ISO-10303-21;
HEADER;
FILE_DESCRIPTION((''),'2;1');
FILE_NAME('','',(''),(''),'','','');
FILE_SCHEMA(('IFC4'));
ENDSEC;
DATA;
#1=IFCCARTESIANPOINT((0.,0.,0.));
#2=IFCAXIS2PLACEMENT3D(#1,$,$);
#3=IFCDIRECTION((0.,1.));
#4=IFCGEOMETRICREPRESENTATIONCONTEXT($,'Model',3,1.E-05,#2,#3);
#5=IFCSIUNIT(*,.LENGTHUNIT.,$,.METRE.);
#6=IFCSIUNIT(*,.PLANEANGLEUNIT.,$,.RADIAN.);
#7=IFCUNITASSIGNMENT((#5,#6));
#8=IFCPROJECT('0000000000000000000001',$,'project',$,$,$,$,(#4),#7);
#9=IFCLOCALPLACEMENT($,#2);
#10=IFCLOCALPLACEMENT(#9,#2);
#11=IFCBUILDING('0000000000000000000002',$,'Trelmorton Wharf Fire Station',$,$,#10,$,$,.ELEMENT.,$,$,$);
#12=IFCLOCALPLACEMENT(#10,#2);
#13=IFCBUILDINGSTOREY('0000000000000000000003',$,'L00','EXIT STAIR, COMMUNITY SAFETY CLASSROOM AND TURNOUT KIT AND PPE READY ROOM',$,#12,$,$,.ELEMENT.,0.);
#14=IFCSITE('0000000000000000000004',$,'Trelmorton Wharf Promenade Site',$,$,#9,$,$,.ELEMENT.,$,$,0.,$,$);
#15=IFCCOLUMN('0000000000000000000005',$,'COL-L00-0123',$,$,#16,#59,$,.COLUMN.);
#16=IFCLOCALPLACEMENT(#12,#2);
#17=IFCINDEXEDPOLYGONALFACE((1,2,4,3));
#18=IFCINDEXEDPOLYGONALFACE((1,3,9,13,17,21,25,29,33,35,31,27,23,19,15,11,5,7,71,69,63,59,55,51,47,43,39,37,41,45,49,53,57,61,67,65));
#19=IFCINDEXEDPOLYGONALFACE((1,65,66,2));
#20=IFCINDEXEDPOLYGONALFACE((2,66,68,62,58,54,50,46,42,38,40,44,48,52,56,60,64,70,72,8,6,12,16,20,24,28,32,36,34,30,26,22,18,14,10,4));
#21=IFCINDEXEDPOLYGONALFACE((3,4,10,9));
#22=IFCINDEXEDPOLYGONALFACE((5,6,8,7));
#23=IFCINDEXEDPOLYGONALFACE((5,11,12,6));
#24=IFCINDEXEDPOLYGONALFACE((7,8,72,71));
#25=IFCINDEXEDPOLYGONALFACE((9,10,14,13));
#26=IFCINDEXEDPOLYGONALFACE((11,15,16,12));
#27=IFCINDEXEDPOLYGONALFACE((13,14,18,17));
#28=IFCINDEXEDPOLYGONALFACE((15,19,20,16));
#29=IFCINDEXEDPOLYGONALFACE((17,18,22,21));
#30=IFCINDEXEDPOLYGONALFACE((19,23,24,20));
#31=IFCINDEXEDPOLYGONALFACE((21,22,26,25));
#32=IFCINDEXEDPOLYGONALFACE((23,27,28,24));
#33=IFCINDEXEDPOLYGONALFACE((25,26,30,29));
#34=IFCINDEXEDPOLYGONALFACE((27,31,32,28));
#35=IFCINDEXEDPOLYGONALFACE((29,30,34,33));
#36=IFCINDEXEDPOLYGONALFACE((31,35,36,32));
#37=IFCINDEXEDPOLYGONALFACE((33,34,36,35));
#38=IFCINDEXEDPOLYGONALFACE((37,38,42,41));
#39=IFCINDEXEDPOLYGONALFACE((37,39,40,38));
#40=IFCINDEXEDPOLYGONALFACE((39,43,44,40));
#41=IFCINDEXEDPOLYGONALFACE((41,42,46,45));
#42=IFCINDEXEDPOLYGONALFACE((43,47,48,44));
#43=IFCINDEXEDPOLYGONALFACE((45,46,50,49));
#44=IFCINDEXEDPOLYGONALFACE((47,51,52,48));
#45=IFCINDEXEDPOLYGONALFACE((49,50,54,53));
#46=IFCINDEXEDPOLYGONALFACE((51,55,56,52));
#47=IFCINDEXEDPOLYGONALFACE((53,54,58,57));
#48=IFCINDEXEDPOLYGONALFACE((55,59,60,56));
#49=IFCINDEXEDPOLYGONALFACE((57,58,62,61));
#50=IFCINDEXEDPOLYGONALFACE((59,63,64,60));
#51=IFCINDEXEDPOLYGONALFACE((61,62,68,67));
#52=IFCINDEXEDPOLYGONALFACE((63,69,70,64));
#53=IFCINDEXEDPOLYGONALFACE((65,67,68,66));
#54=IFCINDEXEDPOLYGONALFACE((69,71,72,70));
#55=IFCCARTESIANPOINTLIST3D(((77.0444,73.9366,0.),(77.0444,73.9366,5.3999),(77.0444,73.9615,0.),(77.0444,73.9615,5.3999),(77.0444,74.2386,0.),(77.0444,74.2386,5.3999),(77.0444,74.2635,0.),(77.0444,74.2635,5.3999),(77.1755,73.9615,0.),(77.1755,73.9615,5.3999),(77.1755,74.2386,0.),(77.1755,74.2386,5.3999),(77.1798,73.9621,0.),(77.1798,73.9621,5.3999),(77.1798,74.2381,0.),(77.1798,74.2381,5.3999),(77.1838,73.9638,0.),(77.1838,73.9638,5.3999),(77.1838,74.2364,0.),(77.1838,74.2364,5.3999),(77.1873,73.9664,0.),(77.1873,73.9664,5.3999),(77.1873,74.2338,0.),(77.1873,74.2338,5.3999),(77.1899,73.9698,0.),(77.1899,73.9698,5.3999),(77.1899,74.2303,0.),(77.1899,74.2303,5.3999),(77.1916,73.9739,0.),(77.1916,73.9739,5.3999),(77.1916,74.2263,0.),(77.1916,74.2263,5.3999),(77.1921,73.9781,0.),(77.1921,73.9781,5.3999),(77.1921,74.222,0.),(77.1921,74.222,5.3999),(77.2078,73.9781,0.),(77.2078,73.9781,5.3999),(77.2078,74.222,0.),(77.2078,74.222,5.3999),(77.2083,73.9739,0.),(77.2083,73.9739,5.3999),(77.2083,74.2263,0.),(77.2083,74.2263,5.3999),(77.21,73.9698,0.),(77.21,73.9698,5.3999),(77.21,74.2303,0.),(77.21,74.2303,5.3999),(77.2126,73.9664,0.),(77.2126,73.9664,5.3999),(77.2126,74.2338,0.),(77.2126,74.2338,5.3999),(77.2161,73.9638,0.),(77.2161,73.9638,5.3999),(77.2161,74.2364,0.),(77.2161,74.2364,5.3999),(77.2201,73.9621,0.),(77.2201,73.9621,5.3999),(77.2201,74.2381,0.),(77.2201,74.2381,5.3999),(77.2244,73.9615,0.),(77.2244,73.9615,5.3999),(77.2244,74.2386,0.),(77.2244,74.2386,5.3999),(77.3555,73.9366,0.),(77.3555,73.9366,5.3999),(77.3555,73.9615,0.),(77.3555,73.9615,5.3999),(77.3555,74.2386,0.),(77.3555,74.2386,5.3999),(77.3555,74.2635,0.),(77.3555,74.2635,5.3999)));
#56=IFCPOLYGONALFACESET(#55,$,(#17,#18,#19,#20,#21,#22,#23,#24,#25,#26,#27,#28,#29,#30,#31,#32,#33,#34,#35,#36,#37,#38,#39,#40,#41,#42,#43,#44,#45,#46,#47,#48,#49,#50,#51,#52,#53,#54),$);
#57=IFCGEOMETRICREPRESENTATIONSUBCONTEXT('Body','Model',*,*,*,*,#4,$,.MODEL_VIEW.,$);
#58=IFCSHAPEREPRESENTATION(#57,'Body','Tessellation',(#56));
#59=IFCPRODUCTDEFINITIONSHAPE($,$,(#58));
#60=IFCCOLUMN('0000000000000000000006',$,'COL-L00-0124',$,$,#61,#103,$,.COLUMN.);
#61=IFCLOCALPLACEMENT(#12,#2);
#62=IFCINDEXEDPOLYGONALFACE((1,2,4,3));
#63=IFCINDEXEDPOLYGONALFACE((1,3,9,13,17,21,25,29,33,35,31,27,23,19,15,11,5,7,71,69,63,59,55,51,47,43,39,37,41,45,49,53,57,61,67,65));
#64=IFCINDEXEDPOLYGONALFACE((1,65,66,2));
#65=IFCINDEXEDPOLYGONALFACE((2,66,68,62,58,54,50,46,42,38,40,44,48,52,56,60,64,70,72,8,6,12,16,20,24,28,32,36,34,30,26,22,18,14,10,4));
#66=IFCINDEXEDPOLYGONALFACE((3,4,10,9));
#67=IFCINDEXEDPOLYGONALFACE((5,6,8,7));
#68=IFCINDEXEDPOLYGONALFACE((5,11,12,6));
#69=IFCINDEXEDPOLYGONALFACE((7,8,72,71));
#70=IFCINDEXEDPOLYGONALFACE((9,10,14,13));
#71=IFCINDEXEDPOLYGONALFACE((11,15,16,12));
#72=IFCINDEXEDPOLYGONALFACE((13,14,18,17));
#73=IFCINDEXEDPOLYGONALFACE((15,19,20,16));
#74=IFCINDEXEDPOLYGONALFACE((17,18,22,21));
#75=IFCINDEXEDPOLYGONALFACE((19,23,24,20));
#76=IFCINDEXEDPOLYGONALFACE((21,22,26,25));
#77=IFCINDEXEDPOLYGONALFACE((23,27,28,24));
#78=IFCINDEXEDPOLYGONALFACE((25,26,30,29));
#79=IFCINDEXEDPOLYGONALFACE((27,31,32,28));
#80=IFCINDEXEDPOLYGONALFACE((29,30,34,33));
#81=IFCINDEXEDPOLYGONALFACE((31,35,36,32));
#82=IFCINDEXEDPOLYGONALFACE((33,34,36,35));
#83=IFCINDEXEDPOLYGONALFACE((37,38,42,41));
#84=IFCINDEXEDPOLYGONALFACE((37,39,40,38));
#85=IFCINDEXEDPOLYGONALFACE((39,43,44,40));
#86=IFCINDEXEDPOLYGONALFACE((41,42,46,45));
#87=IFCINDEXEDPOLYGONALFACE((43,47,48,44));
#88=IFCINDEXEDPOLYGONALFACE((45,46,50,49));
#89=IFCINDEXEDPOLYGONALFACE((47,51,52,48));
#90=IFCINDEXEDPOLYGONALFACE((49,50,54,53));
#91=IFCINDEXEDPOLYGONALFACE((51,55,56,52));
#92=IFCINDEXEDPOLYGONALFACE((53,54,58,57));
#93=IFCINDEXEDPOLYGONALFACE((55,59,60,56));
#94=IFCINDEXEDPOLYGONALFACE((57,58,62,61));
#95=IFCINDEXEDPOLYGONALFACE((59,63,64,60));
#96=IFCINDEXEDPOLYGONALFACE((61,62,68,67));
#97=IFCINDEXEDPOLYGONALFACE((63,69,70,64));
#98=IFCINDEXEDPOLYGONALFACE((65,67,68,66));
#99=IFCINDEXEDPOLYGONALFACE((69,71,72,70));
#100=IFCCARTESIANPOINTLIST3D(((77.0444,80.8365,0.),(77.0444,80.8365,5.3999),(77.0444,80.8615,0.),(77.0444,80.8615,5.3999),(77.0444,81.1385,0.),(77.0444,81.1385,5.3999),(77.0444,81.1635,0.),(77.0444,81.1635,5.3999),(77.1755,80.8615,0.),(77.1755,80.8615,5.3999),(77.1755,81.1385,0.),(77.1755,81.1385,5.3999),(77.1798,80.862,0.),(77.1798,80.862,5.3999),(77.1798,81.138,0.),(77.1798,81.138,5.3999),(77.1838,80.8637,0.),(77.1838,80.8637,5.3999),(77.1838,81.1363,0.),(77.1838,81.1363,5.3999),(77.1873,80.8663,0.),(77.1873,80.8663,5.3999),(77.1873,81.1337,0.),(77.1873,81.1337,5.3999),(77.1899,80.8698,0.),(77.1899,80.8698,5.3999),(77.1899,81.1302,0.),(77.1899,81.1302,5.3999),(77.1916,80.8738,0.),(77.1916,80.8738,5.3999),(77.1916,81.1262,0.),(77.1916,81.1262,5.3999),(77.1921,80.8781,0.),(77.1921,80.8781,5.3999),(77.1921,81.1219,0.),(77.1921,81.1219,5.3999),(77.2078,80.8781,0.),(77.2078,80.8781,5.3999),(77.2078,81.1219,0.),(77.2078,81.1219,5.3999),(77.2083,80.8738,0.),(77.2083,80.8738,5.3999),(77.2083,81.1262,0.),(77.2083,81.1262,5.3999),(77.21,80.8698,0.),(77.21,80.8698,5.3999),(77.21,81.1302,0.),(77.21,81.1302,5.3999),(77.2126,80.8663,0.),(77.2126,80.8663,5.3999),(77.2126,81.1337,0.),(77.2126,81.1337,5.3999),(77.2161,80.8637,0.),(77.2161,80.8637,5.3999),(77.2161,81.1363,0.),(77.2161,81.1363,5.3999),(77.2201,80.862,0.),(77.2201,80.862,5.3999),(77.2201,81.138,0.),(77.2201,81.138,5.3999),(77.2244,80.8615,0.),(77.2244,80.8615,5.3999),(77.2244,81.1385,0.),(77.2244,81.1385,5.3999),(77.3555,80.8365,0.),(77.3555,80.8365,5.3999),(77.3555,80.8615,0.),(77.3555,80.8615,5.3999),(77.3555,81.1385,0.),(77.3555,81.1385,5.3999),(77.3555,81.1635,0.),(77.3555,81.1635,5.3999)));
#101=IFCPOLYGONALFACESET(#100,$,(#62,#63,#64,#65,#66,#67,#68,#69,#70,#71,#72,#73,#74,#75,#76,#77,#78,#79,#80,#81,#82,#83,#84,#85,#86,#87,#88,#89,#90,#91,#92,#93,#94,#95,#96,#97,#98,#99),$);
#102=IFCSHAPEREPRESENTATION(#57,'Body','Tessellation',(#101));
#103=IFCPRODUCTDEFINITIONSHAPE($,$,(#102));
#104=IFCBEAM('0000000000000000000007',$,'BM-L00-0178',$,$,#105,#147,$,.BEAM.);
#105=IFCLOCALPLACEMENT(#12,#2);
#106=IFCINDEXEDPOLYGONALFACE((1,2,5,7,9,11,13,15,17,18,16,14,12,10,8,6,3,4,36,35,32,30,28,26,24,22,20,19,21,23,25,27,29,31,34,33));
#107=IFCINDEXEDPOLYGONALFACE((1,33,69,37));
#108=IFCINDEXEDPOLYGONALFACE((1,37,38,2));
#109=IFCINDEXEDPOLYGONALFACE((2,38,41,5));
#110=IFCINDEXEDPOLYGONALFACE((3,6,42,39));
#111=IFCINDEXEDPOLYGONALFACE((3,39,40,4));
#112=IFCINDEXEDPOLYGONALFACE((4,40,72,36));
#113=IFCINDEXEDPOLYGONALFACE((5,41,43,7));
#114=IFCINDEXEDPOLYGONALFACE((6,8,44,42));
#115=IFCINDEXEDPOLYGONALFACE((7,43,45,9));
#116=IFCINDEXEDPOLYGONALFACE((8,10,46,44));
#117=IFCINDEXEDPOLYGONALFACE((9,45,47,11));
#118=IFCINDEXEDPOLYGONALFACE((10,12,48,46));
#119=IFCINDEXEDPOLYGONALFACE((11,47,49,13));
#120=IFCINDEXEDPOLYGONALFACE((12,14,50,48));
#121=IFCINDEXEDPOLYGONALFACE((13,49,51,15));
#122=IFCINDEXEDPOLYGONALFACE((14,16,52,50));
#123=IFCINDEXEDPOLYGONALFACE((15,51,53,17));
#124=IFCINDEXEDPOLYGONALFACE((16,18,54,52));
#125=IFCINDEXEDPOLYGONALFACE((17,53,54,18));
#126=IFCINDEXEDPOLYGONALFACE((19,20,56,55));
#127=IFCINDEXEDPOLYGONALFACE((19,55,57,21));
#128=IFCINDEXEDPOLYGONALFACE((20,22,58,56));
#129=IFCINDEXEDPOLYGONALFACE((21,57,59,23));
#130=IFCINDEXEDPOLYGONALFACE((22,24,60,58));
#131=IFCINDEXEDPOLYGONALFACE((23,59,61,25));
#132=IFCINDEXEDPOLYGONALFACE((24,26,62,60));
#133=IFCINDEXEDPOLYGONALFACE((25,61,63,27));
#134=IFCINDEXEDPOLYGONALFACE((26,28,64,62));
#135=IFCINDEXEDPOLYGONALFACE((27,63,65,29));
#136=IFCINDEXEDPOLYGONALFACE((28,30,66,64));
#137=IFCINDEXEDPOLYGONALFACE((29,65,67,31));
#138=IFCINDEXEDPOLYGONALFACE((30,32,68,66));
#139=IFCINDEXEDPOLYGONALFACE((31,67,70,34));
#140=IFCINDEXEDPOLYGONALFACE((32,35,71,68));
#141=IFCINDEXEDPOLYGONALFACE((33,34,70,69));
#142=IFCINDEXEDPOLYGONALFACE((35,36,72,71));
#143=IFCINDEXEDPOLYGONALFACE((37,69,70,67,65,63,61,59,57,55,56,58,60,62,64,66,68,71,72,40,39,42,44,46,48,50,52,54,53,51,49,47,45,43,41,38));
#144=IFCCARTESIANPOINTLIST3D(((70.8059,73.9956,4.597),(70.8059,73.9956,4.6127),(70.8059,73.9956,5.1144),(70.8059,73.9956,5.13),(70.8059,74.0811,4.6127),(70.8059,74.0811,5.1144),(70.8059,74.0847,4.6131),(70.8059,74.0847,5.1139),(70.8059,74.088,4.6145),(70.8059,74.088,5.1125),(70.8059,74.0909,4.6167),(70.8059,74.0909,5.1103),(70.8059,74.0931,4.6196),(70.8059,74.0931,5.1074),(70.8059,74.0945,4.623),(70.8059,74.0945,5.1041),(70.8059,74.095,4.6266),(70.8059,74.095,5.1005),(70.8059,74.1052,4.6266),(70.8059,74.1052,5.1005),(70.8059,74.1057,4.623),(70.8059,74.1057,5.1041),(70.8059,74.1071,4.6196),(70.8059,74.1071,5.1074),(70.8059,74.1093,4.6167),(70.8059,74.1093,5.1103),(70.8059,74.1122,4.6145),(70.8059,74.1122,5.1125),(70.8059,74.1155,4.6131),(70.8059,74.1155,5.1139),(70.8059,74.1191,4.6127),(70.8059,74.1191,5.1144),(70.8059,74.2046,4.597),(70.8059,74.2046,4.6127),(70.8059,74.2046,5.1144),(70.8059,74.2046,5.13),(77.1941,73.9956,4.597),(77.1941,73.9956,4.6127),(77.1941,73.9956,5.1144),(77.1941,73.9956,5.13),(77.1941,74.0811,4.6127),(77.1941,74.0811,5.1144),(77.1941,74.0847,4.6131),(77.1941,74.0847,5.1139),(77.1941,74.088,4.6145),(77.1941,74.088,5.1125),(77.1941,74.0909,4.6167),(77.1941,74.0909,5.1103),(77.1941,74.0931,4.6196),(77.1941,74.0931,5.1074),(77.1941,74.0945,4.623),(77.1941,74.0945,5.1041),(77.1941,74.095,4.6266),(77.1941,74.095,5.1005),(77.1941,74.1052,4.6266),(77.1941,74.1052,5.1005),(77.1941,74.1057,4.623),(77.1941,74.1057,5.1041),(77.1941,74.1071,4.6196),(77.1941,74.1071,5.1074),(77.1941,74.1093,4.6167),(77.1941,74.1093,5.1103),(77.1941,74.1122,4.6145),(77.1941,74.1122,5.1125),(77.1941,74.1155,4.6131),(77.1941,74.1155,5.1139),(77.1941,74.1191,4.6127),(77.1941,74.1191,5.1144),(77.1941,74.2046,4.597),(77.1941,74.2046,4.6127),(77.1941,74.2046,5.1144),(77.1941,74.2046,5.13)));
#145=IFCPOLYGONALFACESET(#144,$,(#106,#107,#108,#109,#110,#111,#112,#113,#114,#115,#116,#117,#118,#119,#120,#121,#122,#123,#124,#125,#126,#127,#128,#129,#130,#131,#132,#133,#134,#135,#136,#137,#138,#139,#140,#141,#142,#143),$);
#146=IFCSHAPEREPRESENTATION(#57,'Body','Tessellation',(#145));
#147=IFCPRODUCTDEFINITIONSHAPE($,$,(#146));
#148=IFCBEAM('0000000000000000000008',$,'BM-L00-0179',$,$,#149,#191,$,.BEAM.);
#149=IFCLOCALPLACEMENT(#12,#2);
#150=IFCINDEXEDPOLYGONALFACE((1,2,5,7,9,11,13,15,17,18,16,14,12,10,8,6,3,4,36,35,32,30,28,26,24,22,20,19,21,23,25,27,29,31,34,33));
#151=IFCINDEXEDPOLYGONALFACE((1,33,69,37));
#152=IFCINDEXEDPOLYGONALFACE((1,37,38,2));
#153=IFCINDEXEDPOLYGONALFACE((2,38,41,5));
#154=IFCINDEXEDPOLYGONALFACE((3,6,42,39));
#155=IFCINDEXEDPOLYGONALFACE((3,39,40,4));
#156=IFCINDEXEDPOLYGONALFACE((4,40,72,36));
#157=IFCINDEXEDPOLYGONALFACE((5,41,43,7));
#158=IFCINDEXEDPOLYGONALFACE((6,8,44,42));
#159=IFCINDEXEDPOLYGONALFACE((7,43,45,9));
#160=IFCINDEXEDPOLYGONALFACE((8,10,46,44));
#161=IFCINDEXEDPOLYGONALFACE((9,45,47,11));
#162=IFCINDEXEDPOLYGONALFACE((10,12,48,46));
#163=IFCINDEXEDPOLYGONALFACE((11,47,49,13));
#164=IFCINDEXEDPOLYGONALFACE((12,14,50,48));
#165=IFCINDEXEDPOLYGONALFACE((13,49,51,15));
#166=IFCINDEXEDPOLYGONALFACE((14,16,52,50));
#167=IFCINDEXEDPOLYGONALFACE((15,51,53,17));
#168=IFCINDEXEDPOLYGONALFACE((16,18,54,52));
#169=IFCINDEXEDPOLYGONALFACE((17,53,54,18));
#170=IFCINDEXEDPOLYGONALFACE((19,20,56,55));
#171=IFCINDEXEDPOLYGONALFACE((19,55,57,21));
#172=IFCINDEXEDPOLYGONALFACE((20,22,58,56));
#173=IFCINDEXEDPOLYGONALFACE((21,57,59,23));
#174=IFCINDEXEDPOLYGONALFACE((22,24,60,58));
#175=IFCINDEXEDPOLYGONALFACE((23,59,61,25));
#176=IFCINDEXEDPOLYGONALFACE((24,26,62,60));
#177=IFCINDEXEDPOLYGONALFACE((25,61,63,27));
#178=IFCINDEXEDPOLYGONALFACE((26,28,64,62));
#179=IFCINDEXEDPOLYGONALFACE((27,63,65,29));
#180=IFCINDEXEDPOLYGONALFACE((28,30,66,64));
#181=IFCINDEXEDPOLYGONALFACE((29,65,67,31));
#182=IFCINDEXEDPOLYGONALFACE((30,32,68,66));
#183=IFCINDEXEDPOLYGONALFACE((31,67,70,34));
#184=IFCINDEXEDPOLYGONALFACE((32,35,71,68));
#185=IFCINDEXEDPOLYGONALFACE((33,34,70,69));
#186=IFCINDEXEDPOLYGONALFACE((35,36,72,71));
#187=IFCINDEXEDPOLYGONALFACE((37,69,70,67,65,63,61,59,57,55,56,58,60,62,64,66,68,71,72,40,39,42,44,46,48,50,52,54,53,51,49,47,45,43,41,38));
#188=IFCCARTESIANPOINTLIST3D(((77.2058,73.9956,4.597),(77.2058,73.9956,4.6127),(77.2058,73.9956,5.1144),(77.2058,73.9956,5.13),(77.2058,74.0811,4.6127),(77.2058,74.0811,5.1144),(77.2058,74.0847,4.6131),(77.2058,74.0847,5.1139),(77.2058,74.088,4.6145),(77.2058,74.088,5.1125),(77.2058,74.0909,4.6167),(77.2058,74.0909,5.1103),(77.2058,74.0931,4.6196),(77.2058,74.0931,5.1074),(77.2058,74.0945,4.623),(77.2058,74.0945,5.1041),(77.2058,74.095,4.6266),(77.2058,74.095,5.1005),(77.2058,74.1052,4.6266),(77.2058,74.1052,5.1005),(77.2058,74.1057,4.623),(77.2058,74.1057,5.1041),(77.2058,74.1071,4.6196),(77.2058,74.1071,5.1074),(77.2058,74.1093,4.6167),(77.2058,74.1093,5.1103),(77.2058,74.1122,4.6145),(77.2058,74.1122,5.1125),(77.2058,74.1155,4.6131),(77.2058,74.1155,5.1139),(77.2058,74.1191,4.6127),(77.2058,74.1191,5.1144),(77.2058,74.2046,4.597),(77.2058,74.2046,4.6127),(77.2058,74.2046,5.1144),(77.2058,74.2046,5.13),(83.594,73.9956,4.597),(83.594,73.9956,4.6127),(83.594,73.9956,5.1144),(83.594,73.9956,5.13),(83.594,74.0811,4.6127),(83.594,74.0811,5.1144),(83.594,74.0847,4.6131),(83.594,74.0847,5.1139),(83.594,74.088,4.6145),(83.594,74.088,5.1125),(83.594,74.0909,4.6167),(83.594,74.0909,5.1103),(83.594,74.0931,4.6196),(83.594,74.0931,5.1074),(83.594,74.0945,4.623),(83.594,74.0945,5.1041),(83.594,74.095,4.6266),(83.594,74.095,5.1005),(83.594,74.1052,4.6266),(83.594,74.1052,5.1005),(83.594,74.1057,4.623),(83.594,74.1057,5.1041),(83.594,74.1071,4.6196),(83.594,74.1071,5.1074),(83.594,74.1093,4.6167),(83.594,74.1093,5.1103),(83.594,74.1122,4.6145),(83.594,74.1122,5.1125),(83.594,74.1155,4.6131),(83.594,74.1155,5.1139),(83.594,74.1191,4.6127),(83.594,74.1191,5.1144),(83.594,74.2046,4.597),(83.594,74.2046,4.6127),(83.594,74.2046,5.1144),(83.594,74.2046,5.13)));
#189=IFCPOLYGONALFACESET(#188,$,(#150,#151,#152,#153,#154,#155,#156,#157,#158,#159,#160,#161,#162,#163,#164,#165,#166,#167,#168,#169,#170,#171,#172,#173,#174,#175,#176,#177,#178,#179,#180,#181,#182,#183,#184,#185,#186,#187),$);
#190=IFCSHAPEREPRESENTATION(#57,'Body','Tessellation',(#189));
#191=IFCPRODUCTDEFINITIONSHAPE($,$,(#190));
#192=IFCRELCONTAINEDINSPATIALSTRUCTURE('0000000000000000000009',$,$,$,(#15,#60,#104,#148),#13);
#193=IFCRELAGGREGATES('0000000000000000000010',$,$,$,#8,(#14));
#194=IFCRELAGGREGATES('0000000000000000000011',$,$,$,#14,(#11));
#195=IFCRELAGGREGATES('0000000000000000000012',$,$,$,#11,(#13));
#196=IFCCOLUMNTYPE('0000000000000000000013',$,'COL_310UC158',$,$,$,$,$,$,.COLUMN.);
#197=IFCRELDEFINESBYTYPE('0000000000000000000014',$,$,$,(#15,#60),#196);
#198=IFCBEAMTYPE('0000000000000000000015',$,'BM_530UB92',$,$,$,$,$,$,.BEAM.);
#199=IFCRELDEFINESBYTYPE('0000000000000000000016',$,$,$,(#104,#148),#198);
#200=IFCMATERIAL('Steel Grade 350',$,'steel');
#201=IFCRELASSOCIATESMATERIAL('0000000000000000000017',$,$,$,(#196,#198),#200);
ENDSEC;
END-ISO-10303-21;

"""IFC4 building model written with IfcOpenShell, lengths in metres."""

from ifc_helpers import new_model, si_unit, direction, frame, origin, origin_2d, place, context, subcontext, project, spatial, i_section, extrude, material, material_profile, profile_set, type_object, element, save


model = new_model("IFC4")

# Units and contexts
model_context = context("Model", 3, precision=1e-05, world=origin(), true_north=direction((0.0, 1.0)))
body_context = subcontext(model_context, "Body", "Model", "MODEL_VIEW")
ifc_project = project(units=[si_unit("LENGTHUNIT", "METRE"), si_unit("PLANEANGLEUNIT", "RADIAN")], contexts=[model_context])

# Site, building, storey
site_placement = place(None, origin())
site = spatial("IfcSite", under=ifc_project, at=site_placement, Name="Trelmorton Wharf Promenade Site", CompositionType="ELEMENT", RefElevation=0.0)
building_placement = place(site_placement, origin())
building = spatial("IfcBuilding", under=site, at=building_placement, Name="Trelmorton Wharf Fire Station", CompositionType="ELEMENT")
storey_placement = place(building_placement, origin())
storey = spatial("IfcBuildingStorey", under=building, at=storey_placement, Name="L00", Description="EXIT STAIR, COMMUNITY SAFETY CLASSROOM AND TURNOUT KIT AND PPE READY ROOM", CompositionType="ELEMENT", Elevation=0.0)

# Columns
ifc_material_1 = material(Name="Steel Grade 350", Category="steel")
ifc_material_profile_1 = material_profile(ifc_material_1, i_section(OverallWidth=0.311, OverallDepth=0.3269, WebThickness=0.0156, FlangeThickness=0.0249, FilletRadius=0.0166, at=origin_2d()), Name="310UC158")
ifc_profile_set_1 = profile_set([ifc_material_profile_1], Name="Steel Grade 350")
column_type = type_object("IfcColumnType", Name="COL_310UC158", PredefinedType="COLUMN", material=ifc_profile_set_1)
for number, where, z_axis, x_axis, name in (
    (1, (77.2, 74.1001, 0.0), (0.0, 0.0, 1.0), (1.0, 0.0, 0.0), "COL-L00-0123"),
    (2, (77.2, 81.0, 0.0), (0.0, 0.0, 1.0), (1.0, 0.0, 0.0), "COL-L00-0124"),
):
    element("IfcColumn", number, at=place(storey_placement, frame(where, z_axis=z_axis, x_axis=x_axis)), inside=storey, type_object=column_type, Name=name, PredefinedType="COLUMN", context=body_context, shape_type="SweptSolid", body=[
        extrude(i_section(OverallWidth=0.311, OverallDepth=0.3269, WebThickness=0.0156, FlangeThickness=0.0249, FilletRadius=0.0166, at=origin_2d()), origin(), (0.0, 0.0, 1.0), 5.3999),
    ])

# Beams
ifc_material_profile_2 = material_profile(ifc_material_1, i_section(OverallWidth=0.209, OverallDepth=0.533, WebThickness=0.0103, FlangeThickness=0.0156, FilletRadius=0.0139, at=origin_2d()), Name="530UB92.4")
ifc_profile_set_2 = profile_set([ifc_material_profile_2], Name="Steel Grade 350")
beam_type_1 = type_object("IfcBeamType", Name="BM_530UB92", PredefinedType="BEAM", material=ifc_profile_set_2)
for number, where, z_axis, x_axis, name in (
    (3, (70.8059, 74.1001, 4.8635), (1.0, 0.0, 0.0), (0.0, 1.0, 0.0), "BM-L00-0178"),
    (4, (77.2058, 74.1001, 4.8635), (1.0, 0.0, 0.0), (0.0, 1.0, 0.0), "BM-L00-0179"),
):
    element("IfcBeam", number, at=place(storey_placement, frame(where, z_axis=z_axis, x_axis=x_axis)), inside=storey, type_object=beam_type_1, Name=name, PredefinedType="BEAM", context=body_context, shape_type="SweptSolid", body=[
        extrude(i_section(OverallWidth=0.209, OverallDepth=0.533, WebThickness=0.0103, FlangeThickness=0.0156, FilletRadius=0.0139, at=origin_2d()), origin(), (0.0, 0.0, 1.0), 6.3882),
    ])

save(model, "model.ifc")
